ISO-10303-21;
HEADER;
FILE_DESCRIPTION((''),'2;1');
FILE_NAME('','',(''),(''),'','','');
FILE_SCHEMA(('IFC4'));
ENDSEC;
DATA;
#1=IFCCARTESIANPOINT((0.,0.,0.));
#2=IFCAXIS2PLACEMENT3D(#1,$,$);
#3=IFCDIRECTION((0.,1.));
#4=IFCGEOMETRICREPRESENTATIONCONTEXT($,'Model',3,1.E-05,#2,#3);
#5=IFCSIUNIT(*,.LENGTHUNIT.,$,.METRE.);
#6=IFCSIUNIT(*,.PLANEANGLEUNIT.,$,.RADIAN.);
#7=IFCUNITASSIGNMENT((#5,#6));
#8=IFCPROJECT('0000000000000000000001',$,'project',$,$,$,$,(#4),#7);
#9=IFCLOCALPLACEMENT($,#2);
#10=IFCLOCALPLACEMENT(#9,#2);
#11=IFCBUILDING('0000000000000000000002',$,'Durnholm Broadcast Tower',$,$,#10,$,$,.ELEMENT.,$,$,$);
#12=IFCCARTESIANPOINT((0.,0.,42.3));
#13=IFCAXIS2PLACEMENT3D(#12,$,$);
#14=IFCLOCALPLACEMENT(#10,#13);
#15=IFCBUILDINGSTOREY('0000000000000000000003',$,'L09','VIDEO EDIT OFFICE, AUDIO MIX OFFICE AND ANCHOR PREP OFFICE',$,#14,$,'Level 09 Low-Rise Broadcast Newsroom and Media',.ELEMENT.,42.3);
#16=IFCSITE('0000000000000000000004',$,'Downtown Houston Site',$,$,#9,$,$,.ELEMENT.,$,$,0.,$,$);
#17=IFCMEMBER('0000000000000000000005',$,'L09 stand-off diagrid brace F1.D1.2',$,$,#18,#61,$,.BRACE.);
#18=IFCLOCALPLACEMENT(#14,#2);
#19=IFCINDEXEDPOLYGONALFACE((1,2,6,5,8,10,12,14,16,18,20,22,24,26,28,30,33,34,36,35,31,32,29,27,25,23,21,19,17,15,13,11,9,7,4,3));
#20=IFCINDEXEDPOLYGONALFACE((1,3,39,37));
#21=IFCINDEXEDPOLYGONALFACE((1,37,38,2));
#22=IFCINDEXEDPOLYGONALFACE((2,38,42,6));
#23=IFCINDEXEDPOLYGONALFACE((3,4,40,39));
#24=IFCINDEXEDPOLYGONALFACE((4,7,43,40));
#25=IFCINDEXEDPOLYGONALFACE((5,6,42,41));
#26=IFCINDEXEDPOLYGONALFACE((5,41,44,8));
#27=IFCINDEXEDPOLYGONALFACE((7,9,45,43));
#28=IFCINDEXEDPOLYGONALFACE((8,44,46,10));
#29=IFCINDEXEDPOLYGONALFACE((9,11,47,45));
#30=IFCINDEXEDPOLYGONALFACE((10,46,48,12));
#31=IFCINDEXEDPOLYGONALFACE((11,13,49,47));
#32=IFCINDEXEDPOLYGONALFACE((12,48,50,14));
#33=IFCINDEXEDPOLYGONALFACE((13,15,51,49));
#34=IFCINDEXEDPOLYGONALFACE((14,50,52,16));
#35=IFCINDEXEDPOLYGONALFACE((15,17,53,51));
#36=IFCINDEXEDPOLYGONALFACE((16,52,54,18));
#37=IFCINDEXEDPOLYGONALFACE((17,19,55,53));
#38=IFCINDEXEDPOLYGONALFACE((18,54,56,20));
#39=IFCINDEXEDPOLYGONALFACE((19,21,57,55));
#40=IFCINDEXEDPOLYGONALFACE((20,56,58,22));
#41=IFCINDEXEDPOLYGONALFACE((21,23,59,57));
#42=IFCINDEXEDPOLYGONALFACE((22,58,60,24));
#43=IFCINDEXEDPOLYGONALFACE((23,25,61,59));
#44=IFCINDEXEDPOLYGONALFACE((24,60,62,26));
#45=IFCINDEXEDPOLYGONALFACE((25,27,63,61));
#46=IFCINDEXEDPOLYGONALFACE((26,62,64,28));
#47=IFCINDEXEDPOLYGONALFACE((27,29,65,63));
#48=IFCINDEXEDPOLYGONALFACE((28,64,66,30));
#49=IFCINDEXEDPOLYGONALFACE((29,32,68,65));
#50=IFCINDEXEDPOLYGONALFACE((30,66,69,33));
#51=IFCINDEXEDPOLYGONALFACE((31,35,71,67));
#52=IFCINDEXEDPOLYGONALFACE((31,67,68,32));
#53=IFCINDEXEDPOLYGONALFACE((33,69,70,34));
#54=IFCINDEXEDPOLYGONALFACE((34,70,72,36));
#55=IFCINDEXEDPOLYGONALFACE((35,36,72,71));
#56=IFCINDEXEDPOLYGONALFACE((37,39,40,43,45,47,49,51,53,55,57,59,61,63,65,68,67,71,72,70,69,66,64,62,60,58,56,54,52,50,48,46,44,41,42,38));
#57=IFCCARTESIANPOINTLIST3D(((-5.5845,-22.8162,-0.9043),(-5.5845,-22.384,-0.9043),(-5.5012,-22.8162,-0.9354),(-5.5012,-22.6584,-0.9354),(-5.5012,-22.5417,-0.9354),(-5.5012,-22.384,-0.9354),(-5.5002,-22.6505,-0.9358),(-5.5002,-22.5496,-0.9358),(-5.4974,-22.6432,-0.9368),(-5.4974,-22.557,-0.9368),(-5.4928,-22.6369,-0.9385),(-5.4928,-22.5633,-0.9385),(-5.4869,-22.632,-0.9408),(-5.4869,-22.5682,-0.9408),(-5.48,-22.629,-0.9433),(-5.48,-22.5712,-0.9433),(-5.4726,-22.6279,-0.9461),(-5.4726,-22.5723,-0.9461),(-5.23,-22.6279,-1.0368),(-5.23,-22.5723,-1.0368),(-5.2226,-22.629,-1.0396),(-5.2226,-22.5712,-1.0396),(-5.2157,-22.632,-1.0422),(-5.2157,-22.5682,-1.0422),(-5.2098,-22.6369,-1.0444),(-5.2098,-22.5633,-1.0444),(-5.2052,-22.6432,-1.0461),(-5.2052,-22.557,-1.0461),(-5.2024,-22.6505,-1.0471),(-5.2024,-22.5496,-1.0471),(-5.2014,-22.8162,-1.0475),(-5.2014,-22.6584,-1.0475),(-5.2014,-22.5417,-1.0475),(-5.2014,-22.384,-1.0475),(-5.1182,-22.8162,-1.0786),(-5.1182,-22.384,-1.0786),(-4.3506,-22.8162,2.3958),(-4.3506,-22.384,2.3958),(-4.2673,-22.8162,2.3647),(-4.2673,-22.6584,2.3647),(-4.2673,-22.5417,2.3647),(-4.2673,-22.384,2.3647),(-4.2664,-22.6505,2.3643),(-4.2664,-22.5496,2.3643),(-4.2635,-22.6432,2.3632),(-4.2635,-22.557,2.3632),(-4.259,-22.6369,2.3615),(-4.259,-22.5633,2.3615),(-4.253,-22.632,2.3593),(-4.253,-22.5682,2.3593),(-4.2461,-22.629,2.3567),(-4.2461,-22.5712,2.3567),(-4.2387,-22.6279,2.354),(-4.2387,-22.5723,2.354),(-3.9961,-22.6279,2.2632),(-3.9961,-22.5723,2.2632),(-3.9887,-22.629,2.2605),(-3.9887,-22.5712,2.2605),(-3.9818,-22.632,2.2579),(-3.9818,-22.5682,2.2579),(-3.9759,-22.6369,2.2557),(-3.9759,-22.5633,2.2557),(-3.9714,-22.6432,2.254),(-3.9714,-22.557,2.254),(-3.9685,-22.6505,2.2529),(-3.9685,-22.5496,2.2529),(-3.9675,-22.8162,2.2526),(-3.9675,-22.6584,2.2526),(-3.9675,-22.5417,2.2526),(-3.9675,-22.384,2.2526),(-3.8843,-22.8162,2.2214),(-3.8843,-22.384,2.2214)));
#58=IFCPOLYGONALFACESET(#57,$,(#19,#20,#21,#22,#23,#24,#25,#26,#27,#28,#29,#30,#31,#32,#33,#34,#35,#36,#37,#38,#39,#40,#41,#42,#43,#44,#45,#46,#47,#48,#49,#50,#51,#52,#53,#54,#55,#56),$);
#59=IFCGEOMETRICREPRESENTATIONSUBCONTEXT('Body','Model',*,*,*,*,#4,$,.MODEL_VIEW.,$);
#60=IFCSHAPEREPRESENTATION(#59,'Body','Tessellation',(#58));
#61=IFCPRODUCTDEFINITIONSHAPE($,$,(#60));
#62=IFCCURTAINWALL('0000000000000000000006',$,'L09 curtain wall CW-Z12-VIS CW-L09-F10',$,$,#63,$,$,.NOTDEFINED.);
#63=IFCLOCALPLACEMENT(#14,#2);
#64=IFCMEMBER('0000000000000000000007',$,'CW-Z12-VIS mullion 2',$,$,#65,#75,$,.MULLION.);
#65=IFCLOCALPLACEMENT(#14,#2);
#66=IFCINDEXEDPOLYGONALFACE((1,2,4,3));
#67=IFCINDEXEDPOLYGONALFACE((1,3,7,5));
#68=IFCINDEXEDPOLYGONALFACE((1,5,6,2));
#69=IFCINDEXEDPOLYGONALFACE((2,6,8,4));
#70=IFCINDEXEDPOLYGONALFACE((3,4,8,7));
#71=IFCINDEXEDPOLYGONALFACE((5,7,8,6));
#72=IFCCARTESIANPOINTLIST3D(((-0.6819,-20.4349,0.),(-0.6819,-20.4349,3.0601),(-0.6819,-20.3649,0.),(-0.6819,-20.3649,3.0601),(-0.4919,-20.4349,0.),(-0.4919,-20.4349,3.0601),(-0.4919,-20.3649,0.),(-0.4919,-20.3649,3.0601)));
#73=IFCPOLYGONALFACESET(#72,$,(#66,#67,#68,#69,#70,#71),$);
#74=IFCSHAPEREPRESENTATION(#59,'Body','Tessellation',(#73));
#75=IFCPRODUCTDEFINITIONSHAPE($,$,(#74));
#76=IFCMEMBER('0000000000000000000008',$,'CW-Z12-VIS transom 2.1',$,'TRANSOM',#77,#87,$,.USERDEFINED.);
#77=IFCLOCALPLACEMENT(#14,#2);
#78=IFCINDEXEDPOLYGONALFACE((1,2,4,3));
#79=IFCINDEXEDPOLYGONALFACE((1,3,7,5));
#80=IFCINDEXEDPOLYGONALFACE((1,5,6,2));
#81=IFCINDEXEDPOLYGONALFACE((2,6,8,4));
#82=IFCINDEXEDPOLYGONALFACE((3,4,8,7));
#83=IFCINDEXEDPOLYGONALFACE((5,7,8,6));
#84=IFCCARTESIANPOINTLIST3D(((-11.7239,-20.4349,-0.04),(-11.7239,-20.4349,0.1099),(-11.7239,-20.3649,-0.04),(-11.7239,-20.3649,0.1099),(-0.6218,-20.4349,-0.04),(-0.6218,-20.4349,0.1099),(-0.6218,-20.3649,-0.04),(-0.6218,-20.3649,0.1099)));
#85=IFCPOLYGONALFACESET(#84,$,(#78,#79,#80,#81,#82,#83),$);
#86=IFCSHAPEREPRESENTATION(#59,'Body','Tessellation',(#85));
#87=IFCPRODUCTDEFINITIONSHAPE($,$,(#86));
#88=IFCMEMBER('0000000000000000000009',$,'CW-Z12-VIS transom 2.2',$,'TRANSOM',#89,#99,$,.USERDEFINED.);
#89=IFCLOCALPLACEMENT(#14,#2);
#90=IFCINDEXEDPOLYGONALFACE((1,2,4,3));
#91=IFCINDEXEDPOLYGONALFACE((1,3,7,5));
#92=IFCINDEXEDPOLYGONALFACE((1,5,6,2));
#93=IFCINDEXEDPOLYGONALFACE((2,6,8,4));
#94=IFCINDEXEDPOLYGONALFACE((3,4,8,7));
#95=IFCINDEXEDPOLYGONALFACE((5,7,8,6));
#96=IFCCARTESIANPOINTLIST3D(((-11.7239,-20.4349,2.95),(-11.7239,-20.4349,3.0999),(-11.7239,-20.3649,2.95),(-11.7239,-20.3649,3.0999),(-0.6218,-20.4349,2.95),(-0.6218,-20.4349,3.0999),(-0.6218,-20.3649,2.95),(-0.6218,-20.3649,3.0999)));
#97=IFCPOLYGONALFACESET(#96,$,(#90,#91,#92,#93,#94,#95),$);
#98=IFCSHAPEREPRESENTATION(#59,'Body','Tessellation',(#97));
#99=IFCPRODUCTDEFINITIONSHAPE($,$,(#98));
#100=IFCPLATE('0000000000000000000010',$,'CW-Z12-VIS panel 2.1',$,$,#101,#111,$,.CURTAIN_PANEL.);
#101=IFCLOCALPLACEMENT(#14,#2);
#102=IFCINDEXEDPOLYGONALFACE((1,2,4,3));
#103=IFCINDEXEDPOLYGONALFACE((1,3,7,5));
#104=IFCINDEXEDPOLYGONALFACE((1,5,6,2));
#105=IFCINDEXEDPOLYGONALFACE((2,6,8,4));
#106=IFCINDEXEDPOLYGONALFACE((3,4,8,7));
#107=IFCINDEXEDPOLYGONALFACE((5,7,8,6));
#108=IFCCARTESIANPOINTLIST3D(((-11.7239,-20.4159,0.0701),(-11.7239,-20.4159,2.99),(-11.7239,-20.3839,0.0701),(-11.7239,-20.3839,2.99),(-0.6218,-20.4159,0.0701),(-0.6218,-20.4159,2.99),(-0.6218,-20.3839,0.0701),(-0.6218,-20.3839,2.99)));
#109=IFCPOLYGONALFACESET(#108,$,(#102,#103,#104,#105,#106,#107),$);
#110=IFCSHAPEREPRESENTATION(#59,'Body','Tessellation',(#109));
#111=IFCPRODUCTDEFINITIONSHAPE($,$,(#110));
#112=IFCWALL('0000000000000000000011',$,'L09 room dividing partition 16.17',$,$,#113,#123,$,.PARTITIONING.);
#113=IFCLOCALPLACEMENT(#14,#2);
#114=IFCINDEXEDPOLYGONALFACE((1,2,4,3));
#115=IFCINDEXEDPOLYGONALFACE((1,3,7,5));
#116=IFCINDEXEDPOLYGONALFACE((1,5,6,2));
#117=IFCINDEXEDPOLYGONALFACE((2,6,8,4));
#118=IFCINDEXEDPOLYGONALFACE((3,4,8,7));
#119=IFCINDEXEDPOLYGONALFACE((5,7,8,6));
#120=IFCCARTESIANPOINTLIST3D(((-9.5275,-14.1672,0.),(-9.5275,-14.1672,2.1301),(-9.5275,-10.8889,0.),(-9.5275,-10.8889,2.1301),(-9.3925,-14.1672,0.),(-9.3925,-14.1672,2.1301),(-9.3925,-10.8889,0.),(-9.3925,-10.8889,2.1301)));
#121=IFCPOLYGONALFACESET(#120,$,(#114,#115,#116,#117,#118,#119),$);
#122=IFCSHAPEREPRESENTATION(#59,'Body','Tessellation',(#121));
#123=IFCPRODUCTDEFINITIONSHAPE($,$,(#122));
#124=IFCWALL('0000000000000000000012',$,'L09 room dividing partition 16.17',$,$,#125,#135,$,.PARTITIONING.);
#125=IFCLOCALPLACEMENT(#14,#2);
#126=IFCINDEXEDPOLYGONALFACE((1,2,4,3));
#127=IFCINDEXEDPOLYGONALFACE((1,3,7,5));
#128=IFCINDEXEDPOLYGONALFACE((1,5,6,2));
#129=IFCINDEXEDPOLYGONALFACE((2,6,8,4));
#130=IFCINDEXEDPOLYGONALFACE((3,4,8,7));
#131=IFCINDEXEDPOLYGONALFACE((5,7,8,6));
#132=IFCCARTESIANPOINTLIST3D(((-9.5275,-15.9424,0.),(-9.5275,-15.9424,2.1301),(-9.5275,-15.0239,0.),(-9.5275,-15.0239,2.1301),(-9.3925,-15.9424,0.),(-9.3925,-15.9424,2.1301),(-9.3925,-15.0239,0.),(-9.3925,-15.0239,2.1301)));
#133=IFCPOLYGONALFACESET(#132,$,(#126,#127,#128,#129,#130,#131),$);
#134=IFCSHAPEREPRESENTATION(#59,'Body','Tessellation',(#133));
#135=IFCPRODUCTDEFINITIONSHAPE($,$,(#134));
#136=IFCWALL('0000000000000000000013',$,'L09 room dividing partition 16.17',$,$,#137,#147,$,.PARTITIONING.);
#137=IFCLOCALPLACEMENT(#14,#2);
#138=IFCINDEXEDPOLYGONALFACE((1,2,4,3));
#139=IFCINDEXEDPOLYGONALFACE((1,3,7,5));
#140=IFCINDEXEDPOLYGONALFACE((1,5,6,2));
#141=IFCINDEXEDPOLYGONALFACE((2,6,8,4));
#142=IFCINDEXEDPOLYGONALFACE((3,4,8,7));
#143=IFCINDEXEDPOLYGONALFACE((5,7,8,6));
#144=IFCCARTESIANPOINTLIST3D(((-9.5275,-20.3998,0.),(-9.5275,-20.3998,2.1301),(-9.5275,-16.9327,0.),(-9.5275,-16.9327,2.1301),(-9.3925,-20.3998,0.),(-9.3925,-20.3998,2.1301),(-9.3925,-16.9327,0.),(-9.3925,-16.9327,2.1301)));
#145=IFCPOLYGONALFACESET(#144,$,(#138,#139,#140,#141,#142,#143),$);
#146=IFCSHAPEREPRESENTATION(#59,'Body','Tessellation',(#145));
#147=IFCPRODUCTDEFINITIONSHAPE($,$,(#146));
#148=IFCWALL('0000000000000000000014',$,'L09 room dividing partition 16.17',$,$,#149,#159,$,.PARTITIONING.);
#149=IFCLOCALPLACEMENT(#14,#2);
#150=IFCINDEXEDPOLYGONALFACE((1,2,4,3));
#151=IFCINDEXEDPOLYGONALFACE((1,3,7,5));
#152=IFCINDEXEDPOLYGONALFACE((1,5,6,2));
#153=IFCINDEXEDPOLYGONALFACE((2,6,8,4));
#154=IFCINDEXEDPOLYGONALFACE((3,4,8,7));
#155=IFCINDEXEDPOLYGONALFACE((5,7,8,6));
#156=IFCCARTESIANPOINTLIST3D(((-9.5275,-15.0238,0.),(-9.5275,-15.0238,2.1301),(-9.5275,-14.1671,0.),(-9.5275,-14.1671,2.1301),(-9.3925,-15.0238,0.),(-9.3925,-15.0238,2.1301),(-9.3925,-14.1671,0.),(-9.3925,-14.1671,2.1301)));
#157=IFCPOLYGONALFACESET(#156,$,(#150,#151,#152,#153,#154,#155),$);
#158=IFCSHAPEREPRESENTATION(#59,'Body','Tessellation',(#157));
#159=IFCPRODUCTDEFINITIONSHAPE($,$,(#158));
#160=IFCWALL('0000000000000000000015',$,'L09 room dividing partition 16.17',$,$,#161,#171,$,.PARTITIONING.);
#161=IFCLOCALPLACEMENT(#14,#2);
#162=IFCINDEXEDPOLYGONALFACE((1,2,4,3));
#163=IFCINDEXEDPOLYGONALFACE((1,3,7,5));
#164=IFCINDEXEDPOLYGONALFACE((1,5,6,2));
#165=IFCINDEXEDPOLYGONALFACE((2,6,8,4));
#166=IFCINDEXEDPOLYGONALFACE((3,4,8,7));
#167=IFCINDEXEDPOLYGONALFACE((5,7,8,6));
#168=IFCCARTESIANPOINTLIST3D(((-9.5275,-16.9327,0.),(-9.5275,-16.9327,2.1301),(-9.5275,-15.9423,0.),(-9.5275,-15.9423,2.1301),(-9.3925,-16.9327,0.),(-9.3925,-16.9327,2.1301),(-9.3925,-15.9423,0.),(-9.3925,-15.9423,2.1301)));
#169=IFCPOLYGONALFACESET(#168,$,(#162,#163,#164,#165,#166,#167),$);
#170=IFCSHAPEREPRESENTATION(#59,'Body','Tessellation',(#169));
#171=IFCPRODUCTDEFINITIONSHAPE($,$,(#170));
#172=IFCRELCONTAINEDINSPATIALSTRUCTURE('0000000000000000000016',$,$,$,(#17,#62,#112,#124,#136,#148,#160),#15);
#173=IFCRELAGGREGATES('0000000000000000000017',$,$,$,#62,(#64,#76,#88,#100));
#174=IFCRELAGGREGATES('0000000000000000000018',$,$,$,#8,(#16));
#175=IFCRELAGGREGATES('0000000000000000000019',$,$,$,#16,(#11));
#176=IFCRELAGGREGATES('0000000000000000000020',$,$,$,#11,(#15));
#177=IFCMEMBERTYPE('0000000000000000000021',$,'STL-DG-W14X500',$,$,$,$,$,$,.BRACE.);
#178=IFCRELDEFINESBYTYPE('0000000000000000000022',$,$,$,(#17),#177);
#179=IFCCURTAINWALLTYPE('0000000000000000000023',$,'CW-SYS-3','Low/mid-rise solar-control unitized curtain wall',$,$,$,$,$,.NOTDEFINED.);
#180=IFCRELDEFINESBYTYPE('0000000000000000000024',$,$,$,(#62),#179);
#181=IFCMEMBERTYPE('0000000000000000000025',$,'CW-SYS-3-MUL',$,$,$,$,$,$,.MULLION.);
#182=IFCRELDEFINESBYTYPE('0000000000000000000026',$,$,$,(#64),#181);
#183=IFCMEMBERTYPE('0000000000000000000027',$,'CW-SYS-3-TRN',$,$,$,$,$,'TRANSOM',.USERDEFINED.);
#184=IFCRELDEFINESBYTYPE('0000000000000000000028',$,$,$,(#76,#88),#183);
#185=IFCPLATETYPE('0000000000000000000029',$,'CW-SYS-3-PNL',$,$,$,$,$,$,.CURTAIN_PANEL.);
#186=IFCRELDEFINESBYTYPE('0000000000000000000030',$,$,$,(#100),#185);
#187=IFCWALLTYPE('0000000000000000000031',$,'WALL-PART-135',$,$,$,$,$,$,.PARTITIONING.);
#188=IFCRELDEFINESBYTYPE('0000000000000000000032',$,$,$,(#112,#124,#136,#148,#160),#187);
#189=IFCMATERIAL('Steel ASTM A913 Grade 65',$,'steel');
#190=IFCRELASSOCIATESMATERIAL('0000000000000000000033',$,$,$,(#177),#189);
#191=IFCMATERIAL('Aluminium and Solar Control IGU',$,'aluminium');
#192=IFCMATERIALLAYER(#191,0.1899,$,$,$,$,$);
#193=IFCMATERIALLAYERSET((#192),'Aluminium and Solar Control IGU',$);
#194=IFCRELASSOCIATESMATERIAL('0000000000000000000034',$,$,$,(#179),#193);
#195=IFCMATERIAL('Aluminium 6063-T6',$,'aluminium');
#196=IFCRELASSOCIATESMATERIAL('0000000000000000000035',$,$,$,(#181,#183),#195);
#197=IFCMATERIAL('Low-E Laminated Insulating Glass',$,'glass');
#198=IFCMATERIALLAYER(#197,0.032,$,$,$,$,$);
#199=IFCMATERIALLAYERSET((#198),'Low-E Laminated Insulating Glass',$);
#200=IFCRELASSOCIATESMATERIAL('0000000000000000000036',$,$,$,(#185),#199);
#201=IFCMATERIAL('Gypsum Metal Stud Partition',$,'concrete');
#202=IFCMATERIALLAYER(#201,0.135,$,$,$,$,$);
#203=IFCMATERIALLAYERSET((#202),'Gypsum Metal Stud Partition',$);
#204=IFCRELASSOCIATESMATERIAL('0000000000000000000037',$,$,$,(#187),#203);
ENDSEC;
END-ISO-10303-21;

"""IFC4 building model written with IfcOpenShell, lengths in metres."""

from ifc_helpers import new_model, si_unit, direction, frame, frame_2d, origin, origin_2d, place, context, subcontext, project, spatial, rectangle, i_section, extrude, source, transform, mapped, material, layer, layer_set, material_profile, profile_set, type_object, type_shapes, element, aggregate, save


model = new_model("IFC4")

# Units and contexts
model_context = context("Model", 3, precision=1e-05, world=origin(), true_north=direction((0.0, 1.0)))
body_context = subcontext(model_context, "Body", "Model", "MODEL_VIEW")
ifc_project = project(units=[si_unit("LENGTHUNIT", "METRE"), si_unit("PLANEANGLEUNIT", "RADIAN")], contexts=[model_context])

# Site, building, storey
site_placement = place(None, origin())
site = spatial("IfcSite", under=ifc_project, at=site_placement, Name="Downtown Houston Site", CompositionType="ELEMENT", RefElevation=0.0)
building_placement = place(site_placement, origin())
building = spatial("IfcBuilding", under=site, at=building_placement, Name="Durnholm Broadcast Tower", CompositionType="ELEMENT")
storey_placement = place(building_placement, frame((0.0, 0.0, 42.3)))
storey = spatial("IfcBuildingStorey", under=building, at=storey_placement, Name="L09", Description="VIDEO EDIT OFFICE, AUDIO MIX OFFICE AND ANCHOR PREP OFFICE", LongName="Level 09 Low-Rise Broadcast Newsroom and Media", CompositionType="ELEMENT", Elevation=42.3)

# Member
ifc_material_1 = material(Name="Steel ASTM A913 Grade 65", Category="steel")
ifc_material_profile_1 = material_profile(ifc_material_1, i_section(OverallWidth=0.4321, OverallDepth=0.4978, WebThickness=0.0557, FlangeThickness=0.0889, FilletRadius=0.0305, at=origin_2d()), Name="W14X500")
ifc_profile_set_1 = profile_set([ifc_material_profile_1], Name="Steel ASTM A913 Grade 65")
member_type_1 = type_object("IfcMemberType", Name="STL-DG-W14X500", PredefinedType="BRACE", material=ifc_profile_set_1)
shared_shape_1 = source(origin(), body_context, "Body", "SweptSolid", [
    extrude(i_section(OverallWidth=0.4321, OverallDepth=0.4978, WebThickness=0.0557, FlangeThickness=0.0889, FilletRadius=0.0305, at=origin_2d()), origin(), (0.0, 0.0, 1.0), 3.5232),
])
type_shapes(member_type_1, [shared_shape_1])
for number, where, z_axis, x_axis, name in (
    (1, (-5.3513, -22.6001, -0.9915), (0.35022, 0.0, 0.936668), (0.0, 1.0, 0.0), "L09 stand-off diagrid brace F1.D1.2"),
):
    element("IfcMember", number, at=place(storey_placement, frame(where, z_axis=z_axis, x_axis=x_axis)), inside=storey, type_object=member_type_1, Name=name, PredefinedType="BRACE", context=body_context, shape_type="MappedRepresentation", body=[
        mapped(shared_shape_1, transform((0.0, 0.0, 0.0), x_axis=(1.0, 0.0, 0.0), y_axis=(0.0, 1.0, 0.0), z_axis=(0.0, 0.0, 1.0), scale=1.0)),
    ])

# Curtain wall, members, plate
ifc_material_2 = material(Name="Aluminium and Solar Control IGU", Category="aluminium")
ifc_layer_1 = layer(ifc_material_2, 0.1899)
ifc_layer_set_1 = layer_set([ifc_layer_1], Name="Aluminium and Solar Control IGU")
curtain_wall_type = type_object("IfcCurtainWallType", Name="CW-SYS-3", Description="Low/mid-rise solar-control unitized curtain wall", PredefinedType="NOTDEFINED", material=ifc_layer_set_1)
curtain_wall_placement = place(storey_placement, origin())
curtain_wall = element("IfcCurtainWall", 2, at=curtain_wall_placement, inside=storey, type_object=curtain_wall_type, Name="L09 curtain wall CW-Z12-VIS CW-L09-F10", PredefinedType="NOTDEFINED")
ifc_material_3 = material(Name="Aluminium 6063-T6", Category="aluminium")
ifc_material_profile_2 = material_profile(ifc_material_3, rectangle(XDim=0.0701, YDim=0.1899, at=origin_2d()), Name="CWM70X190")
ifc_profile_set_2 = profile_set([ifc_material_profile_2], Name="Aluminium 6063-T6")
member_type_2 = type_object("IfcMemberType", Name="CW-SYS-3-MUL", PredefinedType="MULLION", material=ifc_profile_set_2)
shared_shape_2 = source(origin(), body_context, "Body", "SweptSolid", [
    extrude(rectangle(XDim=0.0701, YDim=0.1899, at=origin_2d()), origin(), (0.0, 0.0, 1.0), 3.0601),
])
type_shapes(member_type_2, [shared_shape_2])
member_1_placement = place(storey_placement, frame((-0.5869, -20.3999, 0.0), z_axis=(0.0, 0.0, 1.0), x_axis=(0.0, -1.0, 0.0)))
member_1 = element("IfcMember", 3, at=member_1_placement, type_object=member_type_2, Name="CW-Z12-VIS mullion 2", PredefinedType="MULLION", context=body_context, shape_type="MappedRepresentation", body=[
    mapped(shared_shape_2, transform((0.0, 0.0, 0.0), x_axis=(1.0, 0.0, 0.0), y_axis=(0.0, 1.0, 0.0), z_axis=(0.0, 0.0, 1.0), scale=1.0)),
])
ifc_material_profile_3 = material_profile(ifc_material_3, rectangle(XDim=0.0701, YDim=0.1499, at=origin_2d()), Name="CWT70X150")
ifc_profile_set_3 = profile_set([ifc_material_profile_3], Name="Aluminium 6063-T6")
member_type_3 = type_object("IfcMemberType", Name="CW-SYS-3-TRN", ElementType="TRANSOM", PredefinedType="USERDEFINED", material=ifc_profile_set_3)
shared_shape_3 = source(origin(), body_context, "Body", "SweptSolid", [
    extrude(rectangle(XDim=0.0701, YDim=0.1499, at=origin_2d()), origin(), (0.0, 0.0, 1.0), 11.1021),
])
type_shapes(member_type_3, [shared_shape_3])
member_2_placement = place(storey_placement, frame((-0.6218, -20.3999, 0.0349), z_axis=(-1.0, 0.0, 0.0), x_axis=(0.0, -1.0, 0.0)))
member_2 = element("IfcMember", 4, at=member_2_placement, type_object=member_type_3, Name="CW-Z12-VIS transom 2.1", ObjectType="TRANSOM", PredefinedType="USERDEFINED", context=body_context, shape_type="MappedRepresentation", body=[
    mapped(shared_shape_3, transform((0.0, 0.0, 0.0), x_axis=(1.0, 0.0, 0.0), y_axis=(0.0, 1.0, 0.0), z_axis=(0.0, 0.0, 1.0), scale=1.0)),
])
member_3_placement = place(storey_placement, frame((-0.6218, -20.3999, 3.0249), z_axis=(-1.0, 0.0, 0.0), x_axis=(0.0, -1.0, 0.0)))
member_3 = element("IfcMember", 5, at=member_3_placement, type_object=member_type_3, Name="CW-Z12-VIS transom 2.2", ObjectType="TRANSOM", PredefinedType="USERDEFINED", context=body_context, shape_type="MappedRepresentation", body=[
    mapped(shared_shape_3, transform((0.0, 0.0, 0.0), x_axis=(1.0, 0.0, 0.0), y_axis=(0.0, 1.0, 0.0), z_axis=(0.0, 0.0, 1.0), scale=1.0)),
])
ifc_material_4 = material(Name="Low-E Laminated Insulating Glass", Category="glass")
ifc_layer_2 = layer(ifc_material_4, 0.032)
ifc_layer_set_2 = layer_set([ifc_layer_2], Name="Low-E Laminated Insulating Glass")
plate_type = type_object("IfcPlateType", Name="CW-SYS-3-PNL", PredefinedType="CURTAIN_PANEL", material=ifc_layer_set_2)
shared_shape_4 = source(origin(), body_context, "Body", "SweptSolid", [
    extrude(rectangle(XDim=11.1021, YDim=0.032, at=origin_2d()), origin(), (0.0, 0.0, 1.0), 2.9199),
])
type_shapes(plate_type, [shared_shape_4])
plate_placement = place(storey_placement, frame((-6.1729, -20.3999, 0.0701), z_axis=(0.0, 0.0, 1.0), x_axis=(-1.0, 0.0, 0.0)))
plate = element("IfcPlate", 6, at=plate_placement, type_object=plate_type, Name="CW-Z12-VIS panel 2.1", PredefinedType="CURTAIN_PANEL", context=body_context, shape_type="MappedRepresentation", body=[
    mapped(shared_shape_4, transform((0.0, 0.0, 0.0), x_axis=(1.0, 0.0, 0.0), y_axis=(0.0, 1.0, 0.0), z_axis=(0.0, 0.0, 1.0), scale=1.0)),
])
aggregate(curtain_wall, [member_1, member_2, member_3, plate])

# Walls
ifc_material_5 = material(Name="Gypsum Metal Stud Partition", Category="concrete")
ifc_layer_3 = layer(ifc_material_5, 0.135)
ifc_layer_set_3 = layer_set([ifc_layer_3], Name="Gypsum Metal Stud Partition")
wall_type_1 = type_object("IfcWallType", Name="WALL-PART-135", PredefinedType="PARTITIONING", material=ifc_layer_set_3)
wall_1_placement = place(storey_placement, frame((-9.46, -10.8889, 0.0), z_axis=(0.0, 0.0, 1.0), x_axis=(0.0, -1.0, 0.0)))
element("IfcWall", 7, at=wall_1_placement, inside=storey, type_object=wall_type_1, Name="L09 room dividing partition 16.17", PredefinedType="PARTITIONING", context=body_context, shape_type="SweptSolid", body=[
    extrude(rectangle(XDim=3.2783, YDim=0.135, at=frame_2d((1.6392, 0.0))), origin(), (0.0, 0.0, 1.0), 2.1301),
])
wall_2_placement = place(storey_placement, frame((-9.46, -15.0239, 0.0), z_axis=(0.0, 0.0, 1.0), x_axis=(0.0, -1.0, 0.0)))
element("IfcWall", 8, at=wall_2_placement, inside=storey, type_object=wall_type_1, Name="L09 room dividing partition 16.17", PredefinedType="PARTITIONING", context=body_context, shape_type="SweptSolid", body=[
    extrude(rectangle(XDim=0.9185, YDim=0.135, at=frame_2d((0.4592, 0.0))), origin(), (0.0, 0.0, 1.0), 2.1301),
])
wall_3_placement = place(storey_placement, frame((-9.46, -16.9329, 0.0), z_axis=(0.0, 0.0, 1.0), x_axis=(0.0, -1.0, 0.0)))
element("IfcWall", 9, at=wall_3_placement, inside=storey, type_object=wall_type_1, Name="L09 room dividing partition 16.17", PredefinedType="PARTITIONING", context=body_context, shape_type="SweptSolid", body=[
    extrude(rectangle(XDim=3.467, YDim=0.135, at=frame_2d((1.7334, 0.0))), origin(), (0.0, 0.0, 1.0), 2.1301),
])
wall_4_placement = place(storey_placement, frame((-9.46, -14.1672, 0.0), z_axis=(0.0, 0.0, 1.0), x_axis=(0.0, -1.0, 0.0)))
element("IfcWall", 10, at=wall_4_placement, inside=storey, type_object=wall_type_1, Name="L09 room dividing partition 16.17", PredefinedType="PARTITIONING", context=body_context, shape_type="SweptSolid", body=[
    extrude(rectangle(XDim=0.8567, YDim=0.135, at=frame_2d((0.4282, 0.0))), origin(), (0.0, 0.0, 1.0), 2.1301),
])
wall_5_placement = place(storey_placement, frame((-9.46, -15.9424, 0.0), z_axis=(0.0, 0.0, 1.0), x_axis=(0.0, -1.0, 0.0)))
element("IfcWall", 11, at=wall_5_placement, inside=storey, type_object=wall_type_1, Name="L09 room dividing partition 16.17", PredefinedType="PARTITIONING", context=body_context, shape_type="SweptSolid", body=[
    extrude(rectangle(XDim=0.9905, YDim=0.135, at=frame_2d((0.4951, 0.0))), origin(), (0.0, 0.0, 1.0), 2.1301),
])

save(model, "model.ifc")
